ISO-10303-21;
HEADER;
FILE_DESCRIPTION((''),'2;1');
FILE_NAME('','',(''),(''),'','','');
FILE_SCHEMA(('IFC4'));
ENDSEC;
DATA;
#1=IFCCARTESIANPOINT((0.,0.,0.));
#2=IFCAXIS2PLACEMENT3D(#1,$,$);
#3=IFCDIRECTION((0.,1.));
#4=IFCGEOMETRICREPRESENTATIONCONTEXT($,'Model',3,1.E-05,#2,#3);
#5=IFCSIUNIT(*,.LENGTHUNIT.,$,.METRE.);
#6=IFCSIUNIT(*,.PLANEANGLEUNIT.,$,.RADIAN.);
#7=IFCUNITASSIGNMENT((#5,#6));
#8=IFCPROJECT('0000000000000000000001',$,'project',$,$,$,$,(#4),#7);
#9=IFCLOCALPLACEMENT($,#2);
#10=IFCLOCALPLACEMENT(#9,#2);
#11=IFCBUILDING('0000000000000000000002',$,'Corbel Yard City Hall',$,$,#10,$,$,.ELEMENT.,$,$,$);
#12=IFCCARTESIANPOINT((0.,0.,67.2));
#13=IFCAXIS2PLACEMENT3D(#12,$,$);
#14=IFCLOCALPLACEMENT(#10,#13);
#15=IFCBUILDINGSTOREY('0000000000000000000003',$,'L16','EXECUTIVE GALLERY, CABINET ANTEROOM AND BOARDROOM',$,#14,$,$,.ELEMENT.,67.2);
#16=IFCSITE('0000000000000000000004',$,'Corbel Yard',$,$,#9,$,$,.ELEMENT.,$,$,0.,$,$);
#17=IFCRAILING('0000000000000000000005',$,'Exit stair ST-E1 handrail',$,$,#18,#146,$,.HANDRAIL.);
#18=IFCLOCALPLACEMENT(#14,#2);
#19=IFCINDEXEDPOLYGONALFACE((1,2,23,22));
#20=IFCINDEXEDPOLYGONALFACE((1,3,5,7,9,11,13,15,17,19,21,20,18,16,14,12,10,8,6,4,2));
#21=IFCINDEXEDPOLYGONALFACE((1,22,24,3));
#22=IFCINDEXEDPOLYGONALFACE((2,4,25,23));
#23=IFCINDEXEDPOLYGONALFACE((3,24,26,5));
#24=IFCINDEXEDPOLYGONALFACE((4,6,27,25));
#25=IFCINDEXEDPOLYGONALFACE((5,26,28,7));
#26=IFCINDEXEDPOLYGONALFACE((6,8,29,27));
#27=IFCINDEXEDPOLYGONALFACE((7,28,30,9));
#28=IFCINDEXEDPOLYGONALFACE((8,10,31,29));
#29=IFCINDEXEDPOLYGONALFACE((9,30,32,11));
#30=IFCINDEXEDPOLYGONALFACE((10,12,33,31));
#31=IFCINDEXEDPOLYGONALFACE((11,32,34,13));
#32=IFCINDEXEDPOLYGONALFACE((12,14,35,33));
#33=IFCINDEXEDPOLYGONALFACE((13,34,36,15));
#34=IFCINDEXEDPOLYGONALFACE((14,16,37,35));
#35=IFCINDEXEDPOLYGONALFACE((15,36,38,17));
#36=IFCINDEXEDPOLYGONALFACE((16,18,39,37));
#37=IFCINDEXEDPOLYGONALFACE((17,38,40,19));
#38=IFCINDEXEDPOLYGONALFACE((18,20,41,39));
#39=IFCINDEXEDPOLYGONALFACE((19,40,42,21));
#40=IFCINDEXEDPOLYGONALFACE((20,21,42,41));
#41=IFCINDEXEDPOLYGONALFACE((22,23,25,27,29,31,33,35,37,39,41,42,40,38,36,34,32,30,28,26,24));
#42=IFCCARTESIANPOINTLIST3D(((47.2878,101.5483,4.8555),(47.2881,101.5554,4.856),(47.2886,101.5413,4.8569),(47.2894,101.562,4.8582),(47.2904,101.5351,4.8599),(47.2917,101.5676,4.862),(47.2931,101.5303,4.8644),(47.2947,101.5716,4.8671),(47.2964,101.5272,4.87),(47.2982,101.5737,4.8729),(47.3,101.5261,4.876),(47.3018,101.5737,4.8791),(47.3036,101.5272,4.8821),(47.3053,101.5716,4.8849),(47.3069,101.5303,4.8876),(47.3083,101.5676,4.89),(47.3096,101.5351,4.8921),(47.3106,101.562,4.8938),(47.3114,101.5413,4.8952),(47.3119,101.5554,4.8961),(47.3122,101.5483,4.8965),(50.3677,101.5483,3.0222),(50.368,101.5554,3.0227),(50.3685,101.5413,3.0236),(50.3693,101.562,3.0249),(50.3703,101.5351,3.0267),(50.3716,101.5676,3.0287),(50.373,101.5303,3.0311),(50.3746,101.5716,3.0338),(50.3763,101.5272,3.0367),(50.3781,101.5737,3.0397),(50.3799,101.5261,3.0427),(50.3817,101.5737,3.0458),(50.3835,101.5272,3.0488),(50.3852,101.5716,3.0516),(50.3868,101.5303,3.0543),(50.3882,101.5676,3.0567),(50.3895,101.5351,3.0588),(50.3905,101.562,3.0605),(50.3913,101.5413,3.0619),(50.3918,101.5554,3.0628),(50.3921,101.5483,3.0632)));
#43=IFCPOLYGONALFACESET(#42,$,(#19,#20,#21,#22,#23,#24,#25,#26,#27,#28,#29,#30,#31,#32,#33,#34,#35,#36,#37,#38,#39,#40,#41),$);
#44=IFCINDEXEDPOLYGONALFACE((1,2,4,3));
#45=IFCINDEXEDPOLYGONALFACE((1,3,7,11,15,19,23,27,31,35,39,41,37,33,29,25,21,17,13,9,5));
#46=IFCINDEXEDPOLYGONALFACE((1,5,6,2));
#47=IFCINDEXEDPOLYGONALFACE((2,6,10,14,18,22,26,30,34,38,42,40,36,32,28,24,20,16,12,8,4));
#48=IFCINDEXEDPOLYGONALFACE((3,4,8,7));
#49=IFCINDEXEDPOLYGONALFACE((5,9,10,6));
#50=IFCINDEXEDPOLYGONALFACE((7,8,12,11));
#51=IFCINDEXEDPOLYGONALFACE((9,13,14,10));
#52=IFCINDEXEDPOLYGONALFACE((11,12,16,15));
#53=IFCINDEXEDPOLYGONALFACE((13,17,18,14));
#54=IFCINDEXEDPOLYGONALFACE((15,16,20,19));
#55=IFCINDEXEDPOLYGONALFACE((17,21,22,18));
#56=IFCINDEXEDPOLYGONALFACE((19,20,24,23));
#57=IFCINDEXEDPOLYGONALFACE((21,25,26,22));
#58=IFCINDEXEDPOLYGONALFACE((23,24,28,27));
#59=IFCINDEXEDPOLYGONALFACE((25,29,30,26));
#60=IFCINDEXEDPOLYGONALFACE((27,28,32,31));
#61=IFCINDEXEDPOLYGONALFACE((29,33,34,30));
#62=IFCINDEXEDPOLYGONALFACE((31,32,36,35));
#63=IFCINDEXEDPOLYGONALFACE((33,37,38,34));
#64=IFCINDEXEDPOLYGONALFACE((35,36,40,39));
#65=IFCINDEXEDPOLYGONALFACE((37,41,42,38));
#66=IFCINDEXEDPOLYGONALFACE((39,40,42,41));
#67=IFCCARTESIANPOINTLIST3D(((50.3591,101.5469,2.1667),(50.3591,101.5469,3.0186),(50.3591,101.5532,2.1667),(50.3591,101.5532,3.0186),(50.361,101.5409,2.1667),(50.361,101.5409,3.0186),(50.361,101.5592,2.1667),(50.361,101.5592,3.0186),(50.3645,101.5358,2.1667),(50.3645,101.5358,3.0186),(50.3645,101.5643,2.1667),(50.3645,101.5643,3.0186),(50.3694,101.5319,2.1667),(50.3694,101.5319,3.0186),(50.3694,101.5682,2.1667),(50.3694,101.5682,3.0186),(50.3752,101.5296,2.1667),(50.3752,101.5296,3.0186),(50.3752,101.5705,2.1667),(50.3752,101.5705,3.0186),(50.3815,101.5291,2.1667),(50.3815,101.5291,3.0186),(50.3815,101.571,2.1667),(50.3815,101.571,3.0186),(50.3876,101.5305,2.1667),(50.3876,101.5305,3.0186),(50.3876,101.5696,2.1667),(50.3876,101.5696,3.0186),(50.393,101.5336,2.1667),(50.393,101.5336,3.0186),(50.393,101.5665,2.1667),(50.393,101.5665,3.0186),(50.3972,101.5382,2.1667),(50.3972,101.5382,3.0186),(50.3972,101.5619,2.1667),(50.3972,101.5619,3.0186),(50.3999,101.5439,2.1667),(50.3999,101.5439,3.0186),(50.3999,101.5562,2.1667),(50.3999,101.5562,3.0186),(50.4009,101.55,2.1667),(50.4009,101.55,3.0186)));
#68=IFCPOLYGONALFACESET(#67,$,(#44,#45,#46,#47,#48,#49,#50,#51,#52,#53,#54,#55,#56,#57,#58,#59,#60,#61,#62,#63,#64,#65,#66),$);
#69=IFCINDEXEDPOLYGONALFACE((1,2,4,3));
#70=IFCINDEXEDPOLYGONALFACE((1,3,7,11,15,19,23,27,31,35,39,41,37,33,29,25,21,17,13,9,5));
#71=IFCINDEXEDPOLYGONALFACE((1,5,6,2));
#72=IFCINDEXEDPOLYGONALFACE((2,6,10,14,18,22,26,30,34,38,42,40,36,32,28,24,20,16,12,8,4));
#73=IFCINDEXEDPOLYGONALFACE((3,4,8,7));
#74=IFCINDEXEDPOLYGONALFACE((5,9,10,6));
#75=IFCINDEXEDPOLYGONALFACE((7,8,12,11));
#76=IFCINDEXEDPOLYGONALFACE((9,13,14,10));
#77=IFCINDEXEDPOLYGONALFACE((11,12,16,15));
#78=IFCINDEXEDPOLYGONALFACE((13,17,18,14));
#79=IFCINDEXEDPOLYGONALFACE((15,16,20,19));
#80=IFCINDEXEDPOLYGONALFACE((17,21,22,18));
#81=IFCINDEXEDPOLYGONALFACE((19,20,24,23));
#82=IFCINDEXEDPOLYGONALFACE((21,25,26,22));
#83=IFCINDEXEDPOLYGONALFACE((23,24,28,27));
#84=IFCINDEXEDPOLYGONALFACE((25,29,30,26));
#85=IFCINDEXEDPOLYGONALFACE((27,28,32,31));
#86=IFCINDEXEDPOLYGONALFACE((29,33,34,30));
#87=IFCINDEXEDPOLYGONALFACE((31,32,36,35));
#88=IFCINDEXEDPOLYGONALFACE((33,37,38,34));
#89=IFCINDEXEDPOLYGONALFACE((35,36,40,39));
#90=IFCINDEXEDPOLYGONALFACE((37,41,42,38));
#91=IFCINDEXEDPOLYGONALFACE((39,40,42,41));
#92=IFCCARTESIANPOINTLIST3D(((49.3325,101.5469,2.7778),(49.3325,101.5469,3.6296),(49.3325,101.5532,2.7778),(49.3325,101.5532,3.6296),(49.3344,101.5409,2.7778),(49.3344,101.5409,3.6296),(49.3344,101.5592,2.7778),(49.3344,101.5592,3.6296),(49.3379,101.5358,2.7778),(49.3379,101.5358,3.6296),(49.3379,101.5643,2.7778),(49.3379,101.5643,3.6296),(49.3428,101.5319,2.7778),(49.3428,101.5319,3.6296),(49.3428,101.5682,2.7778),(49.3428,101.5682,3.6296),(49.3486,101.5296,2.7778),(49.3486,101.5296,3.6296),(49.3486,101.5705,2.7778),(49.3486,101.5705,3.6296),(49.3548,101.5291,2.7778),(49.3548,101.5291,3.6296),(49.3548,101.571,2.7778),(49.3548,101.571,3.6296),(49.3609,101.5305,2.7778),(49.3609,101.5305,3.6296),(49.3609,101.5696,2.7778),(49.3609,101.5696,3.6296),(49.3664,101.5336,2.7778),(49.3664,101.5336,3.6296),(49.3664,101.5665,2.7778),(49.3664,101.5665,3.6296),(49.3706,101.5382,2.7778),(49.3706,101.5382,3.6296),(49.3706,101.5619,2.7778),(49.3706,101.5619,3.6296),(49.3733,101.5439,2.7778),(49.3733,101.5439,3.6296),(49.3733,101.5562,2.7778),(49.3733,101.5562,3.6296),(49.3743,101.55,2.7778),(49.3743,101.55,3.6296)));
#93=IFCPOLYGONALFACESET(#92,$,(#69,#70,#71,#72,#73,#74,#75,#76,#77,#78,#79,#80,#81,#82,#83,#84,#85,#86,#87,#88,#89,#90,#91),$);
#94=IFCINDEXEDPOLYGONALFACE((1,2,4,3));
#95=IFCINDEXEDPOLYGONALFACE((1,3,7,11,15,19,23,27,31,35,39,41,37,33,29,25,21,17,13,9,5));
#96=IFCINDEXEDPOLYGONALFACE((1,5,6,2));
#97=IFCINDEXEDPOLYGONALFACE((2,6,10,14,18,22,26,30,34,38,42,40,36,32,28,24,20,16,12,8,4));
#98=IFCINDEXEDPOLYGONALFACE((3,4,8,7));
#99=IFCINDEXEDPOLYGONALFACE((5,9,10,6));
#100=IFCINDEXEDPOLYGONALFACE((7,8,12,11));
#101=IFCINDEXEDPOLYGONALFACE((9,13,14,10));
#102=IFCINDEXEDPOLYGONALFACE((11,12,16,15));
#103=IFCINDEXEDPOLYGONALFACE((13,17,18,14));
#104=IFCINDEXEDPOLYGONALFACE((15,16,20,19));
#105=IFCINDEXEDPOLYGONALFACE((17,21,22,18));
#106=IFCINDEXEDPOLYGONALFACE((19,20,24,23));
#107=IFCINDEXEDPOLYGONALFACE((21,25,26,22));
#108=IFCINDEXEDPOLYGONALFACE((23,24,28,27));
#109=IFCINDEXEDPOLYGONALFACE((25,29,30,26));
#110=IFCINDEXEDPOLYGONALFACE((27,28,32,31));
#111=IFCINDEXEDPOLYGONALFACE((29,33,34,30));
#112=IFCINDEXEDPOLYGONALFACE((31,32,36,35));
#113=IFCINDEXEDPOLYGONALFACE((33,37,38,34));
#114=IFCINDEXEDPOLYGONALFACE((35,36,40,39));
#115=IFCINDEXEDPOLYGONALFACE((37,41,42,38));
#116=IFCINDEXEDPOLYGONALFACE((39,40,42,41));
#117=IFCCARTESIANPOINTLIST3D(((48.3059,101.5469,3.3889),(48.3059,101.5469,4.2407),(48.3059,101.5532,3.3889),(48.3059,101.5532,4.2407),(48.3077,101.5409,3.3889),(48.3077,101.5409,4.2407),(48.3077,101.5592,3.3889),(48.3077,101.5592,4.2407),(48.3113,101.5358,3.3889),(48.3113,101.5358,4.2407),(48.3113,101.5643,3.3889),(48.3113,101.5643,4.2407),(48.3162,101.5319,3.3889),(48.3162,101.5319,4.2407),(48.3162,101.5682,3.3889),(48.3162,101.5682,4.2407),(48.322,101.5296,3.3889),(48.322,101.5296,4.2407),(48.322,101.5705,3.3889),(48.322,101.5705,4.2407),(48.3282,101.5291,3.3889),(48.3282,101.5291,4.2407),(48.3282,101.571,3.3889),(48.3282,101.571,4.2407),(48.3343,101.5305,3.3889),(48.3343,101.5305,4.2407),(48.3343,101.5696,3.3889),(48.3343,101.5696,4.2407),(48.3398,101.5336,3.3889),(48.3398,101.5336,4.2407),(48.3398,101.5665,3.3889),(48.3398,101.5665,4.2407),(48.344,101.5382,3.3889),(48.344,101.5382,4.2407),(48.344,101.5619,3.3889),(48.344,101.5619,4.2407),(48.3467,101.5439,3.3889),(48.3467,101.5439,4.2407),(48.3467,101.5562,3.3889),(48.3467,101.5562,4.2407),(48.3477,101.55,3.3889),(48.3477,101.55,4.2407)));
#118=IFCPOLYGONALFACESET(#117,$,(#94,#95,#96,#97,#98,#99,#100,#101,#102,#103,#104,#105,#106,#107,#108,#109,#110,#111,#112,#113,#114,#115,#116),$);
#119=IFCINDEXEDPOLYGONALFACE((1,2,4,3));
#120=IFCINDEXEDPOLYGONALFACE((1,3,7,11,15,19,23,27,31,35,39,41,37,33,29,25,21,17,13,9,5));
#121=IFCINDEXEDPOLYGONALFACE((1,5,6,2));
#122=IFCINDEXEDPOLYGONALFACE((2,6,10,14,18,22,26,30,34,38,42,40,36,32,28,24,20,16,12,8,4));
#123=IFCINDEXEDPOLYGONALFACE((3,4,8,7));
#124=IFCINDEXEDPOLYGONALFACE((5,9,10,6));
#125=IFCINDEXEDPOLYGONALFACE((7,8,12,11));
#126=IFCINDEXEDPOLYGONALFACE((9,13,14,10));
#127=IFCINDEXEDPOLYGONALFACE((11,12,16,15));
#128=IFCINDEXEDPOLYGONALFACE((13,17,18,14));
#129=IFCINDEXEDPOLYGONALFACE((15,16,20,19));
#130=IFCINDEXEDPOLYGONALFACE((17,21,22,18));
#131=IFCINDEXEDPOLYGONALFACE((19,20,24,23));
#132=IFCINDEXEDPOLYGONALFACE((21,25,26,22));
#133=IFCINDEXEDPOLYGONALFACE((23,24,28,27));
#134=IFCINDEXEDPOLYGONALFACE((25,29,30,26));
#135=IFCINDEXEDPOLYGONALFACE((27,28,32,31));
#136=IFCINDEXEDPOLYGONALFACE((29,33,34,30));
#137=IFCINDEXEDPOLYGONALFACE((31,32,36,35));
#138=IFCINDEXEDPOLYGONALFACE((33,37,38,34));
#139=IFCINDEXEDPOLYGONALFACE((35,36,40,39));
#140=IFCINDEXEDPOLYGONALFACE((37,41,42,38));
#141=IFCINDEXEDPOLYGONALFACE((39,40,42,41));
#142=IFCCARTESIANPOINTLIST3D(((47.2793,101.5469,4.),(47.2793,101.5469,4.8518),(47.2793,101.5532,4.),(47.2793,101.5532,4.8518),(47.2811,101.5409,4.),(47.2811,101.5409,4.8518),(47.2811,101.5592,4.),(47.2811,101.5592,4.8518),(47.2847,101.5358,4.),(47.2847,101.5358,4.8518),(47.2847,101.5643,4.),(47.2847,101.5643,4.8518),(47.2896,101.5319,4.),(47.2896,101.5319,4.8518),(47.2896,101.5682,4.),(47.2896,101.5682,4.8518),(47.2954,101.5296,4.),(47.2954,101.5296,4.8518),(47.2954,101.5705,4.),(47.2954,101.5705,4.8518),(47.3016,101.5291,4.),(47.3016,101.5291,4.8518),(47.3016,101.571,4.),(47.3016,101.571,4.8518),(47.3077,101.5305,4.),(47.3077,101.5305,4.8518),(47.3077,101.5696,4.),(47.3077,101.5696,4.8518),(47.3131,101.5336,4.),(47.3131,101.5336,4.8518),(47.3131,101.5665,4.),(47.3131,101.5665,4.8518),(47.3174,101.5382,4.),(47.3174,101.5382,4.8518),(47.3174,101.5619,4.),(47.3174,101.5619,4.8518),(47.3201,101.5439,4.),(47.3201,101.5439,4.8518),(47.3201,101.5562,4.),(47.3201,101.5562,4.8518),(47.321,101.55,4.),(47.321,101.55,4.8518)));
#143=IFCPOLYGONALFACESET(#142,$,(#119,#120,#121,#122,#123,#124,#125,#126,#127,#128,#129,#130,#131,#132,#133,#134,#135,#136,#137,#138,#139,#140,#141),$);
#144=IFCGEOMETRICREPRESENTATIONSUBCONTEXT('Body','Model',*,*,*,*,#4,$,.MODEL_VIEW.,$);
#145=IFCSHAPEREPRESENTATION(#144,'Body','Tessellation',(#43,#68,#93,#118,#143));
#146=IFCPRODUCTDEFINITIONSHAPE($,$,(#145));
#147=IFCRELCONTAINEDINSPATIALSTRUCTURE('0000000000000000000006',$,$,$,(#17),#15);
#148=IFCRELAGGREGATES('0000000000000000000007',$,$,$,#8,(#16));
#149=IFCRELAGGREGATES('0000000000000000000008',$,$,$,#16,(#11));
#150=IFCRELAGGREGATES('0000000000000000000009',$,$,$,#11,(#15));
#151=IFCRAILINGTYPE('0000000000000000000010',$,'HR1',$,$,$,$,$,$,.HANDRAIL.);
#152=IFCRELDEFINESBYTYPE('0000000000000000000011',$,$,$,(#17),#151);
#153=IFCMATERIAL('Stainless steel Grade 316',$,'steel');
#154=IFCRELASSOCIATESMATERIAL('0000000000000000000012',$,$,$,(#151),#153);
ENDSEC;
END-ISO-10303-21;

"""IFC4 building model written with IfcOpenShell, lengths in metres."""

from ifc_helpers import new_model, si_unit, direction, frame, origin, origin_2d, place, context, subcontext, project, spatial, circle, extrude, material, type_object, element, save


model = new_model("IFC4")

# Units and contexts
model_context = context("Model", 3, precision=1e-05, world=origin(), true_north=direction((0.0, 1.0)))
body_context = subcontext(model_context, "Body", "Model", "MODEL_VIEW")
ifc_project = project(units=[si_unit("LENGTHUNIT", "METRE"), si_unit("PLANEANGLEUNIT", "RADIAN")], contexts=[model_context])

# Site, building, storey
site_placement = place(None, origin())
site = spatial("IfcSite", under=ifc_project, at=site_placement, Name="Corbel Yard", CompositionType="ELEMENT", RefElevation=0.0)
building_placement = place(site_placement, origin())
building = spatial("IfcBuilding", under=site, at=building_placement, Name="Corbel Yard City Hall", CompositionType="ELEMENT")
storey_placement = place(building_placement, frame((0.0, 0.0, 67.2)))
storey = spatial("IfcBuildingStorey", under=building, at=storey_placement, Name="L16", Description="EXECUTIVE GALLERY, CABINET ANTEROOM AND BOARDROOM", CompositionType="ELEMENT", Elevation=67.2)

# Railing
ifc_material_1 = material(Name="Stainless steel Grade 316", Category="steel")
railing_type = type_object("IfcRailingType", Name="HR1", PredefinedType="HANDRAIL", material=ifc_material_1)
for number, where, name in (
    (1, (50.3799, 101.55, 2.1667), "Exit stair ST-E1 handrail"),
):
    element("IfcRailing", number, at=place(storey_placement, frame(where)), inside=storey, type_object=railing_type, Name=name, PredefinedType="HANDRAIL", context=body_context, shape_type="SweptSolid", body=[
        extrude(circle(Radius=0.0239, at=origin_2d()), frame((0.0, 0.0, 0.876), z_axis=(-0.859291, 0.0, 0.511487), x_axis=(0.0, -1.0, 0.0)), (0.0, 0.0, 1.0), 3.5842),
        extrude(circle(Radius=0.021, at=origin_2d()), origin(), (0.0, 0.0, 1.0), 0.8518),
        extrude(circle(Radius=0.021, at=origin_2d()), frame((-1.0266, 0.0, 0.6111)), (0.0, 0.0, 1.0), 0.8518),
        extrude(circle(Radius=0.021, at=origin_2d()), frame((-2.0532, 0.0, 1.2222)), (0.0, 0.0, 1.0), 0.8518),
        extrude(circle(Radius=0.021, at=origin_2d()), frame((-3.0798, 0.0, 1.8333)), (0.0, 0.0, 1.0), 0.8518),
    ])

save(model, "model.ifc")
